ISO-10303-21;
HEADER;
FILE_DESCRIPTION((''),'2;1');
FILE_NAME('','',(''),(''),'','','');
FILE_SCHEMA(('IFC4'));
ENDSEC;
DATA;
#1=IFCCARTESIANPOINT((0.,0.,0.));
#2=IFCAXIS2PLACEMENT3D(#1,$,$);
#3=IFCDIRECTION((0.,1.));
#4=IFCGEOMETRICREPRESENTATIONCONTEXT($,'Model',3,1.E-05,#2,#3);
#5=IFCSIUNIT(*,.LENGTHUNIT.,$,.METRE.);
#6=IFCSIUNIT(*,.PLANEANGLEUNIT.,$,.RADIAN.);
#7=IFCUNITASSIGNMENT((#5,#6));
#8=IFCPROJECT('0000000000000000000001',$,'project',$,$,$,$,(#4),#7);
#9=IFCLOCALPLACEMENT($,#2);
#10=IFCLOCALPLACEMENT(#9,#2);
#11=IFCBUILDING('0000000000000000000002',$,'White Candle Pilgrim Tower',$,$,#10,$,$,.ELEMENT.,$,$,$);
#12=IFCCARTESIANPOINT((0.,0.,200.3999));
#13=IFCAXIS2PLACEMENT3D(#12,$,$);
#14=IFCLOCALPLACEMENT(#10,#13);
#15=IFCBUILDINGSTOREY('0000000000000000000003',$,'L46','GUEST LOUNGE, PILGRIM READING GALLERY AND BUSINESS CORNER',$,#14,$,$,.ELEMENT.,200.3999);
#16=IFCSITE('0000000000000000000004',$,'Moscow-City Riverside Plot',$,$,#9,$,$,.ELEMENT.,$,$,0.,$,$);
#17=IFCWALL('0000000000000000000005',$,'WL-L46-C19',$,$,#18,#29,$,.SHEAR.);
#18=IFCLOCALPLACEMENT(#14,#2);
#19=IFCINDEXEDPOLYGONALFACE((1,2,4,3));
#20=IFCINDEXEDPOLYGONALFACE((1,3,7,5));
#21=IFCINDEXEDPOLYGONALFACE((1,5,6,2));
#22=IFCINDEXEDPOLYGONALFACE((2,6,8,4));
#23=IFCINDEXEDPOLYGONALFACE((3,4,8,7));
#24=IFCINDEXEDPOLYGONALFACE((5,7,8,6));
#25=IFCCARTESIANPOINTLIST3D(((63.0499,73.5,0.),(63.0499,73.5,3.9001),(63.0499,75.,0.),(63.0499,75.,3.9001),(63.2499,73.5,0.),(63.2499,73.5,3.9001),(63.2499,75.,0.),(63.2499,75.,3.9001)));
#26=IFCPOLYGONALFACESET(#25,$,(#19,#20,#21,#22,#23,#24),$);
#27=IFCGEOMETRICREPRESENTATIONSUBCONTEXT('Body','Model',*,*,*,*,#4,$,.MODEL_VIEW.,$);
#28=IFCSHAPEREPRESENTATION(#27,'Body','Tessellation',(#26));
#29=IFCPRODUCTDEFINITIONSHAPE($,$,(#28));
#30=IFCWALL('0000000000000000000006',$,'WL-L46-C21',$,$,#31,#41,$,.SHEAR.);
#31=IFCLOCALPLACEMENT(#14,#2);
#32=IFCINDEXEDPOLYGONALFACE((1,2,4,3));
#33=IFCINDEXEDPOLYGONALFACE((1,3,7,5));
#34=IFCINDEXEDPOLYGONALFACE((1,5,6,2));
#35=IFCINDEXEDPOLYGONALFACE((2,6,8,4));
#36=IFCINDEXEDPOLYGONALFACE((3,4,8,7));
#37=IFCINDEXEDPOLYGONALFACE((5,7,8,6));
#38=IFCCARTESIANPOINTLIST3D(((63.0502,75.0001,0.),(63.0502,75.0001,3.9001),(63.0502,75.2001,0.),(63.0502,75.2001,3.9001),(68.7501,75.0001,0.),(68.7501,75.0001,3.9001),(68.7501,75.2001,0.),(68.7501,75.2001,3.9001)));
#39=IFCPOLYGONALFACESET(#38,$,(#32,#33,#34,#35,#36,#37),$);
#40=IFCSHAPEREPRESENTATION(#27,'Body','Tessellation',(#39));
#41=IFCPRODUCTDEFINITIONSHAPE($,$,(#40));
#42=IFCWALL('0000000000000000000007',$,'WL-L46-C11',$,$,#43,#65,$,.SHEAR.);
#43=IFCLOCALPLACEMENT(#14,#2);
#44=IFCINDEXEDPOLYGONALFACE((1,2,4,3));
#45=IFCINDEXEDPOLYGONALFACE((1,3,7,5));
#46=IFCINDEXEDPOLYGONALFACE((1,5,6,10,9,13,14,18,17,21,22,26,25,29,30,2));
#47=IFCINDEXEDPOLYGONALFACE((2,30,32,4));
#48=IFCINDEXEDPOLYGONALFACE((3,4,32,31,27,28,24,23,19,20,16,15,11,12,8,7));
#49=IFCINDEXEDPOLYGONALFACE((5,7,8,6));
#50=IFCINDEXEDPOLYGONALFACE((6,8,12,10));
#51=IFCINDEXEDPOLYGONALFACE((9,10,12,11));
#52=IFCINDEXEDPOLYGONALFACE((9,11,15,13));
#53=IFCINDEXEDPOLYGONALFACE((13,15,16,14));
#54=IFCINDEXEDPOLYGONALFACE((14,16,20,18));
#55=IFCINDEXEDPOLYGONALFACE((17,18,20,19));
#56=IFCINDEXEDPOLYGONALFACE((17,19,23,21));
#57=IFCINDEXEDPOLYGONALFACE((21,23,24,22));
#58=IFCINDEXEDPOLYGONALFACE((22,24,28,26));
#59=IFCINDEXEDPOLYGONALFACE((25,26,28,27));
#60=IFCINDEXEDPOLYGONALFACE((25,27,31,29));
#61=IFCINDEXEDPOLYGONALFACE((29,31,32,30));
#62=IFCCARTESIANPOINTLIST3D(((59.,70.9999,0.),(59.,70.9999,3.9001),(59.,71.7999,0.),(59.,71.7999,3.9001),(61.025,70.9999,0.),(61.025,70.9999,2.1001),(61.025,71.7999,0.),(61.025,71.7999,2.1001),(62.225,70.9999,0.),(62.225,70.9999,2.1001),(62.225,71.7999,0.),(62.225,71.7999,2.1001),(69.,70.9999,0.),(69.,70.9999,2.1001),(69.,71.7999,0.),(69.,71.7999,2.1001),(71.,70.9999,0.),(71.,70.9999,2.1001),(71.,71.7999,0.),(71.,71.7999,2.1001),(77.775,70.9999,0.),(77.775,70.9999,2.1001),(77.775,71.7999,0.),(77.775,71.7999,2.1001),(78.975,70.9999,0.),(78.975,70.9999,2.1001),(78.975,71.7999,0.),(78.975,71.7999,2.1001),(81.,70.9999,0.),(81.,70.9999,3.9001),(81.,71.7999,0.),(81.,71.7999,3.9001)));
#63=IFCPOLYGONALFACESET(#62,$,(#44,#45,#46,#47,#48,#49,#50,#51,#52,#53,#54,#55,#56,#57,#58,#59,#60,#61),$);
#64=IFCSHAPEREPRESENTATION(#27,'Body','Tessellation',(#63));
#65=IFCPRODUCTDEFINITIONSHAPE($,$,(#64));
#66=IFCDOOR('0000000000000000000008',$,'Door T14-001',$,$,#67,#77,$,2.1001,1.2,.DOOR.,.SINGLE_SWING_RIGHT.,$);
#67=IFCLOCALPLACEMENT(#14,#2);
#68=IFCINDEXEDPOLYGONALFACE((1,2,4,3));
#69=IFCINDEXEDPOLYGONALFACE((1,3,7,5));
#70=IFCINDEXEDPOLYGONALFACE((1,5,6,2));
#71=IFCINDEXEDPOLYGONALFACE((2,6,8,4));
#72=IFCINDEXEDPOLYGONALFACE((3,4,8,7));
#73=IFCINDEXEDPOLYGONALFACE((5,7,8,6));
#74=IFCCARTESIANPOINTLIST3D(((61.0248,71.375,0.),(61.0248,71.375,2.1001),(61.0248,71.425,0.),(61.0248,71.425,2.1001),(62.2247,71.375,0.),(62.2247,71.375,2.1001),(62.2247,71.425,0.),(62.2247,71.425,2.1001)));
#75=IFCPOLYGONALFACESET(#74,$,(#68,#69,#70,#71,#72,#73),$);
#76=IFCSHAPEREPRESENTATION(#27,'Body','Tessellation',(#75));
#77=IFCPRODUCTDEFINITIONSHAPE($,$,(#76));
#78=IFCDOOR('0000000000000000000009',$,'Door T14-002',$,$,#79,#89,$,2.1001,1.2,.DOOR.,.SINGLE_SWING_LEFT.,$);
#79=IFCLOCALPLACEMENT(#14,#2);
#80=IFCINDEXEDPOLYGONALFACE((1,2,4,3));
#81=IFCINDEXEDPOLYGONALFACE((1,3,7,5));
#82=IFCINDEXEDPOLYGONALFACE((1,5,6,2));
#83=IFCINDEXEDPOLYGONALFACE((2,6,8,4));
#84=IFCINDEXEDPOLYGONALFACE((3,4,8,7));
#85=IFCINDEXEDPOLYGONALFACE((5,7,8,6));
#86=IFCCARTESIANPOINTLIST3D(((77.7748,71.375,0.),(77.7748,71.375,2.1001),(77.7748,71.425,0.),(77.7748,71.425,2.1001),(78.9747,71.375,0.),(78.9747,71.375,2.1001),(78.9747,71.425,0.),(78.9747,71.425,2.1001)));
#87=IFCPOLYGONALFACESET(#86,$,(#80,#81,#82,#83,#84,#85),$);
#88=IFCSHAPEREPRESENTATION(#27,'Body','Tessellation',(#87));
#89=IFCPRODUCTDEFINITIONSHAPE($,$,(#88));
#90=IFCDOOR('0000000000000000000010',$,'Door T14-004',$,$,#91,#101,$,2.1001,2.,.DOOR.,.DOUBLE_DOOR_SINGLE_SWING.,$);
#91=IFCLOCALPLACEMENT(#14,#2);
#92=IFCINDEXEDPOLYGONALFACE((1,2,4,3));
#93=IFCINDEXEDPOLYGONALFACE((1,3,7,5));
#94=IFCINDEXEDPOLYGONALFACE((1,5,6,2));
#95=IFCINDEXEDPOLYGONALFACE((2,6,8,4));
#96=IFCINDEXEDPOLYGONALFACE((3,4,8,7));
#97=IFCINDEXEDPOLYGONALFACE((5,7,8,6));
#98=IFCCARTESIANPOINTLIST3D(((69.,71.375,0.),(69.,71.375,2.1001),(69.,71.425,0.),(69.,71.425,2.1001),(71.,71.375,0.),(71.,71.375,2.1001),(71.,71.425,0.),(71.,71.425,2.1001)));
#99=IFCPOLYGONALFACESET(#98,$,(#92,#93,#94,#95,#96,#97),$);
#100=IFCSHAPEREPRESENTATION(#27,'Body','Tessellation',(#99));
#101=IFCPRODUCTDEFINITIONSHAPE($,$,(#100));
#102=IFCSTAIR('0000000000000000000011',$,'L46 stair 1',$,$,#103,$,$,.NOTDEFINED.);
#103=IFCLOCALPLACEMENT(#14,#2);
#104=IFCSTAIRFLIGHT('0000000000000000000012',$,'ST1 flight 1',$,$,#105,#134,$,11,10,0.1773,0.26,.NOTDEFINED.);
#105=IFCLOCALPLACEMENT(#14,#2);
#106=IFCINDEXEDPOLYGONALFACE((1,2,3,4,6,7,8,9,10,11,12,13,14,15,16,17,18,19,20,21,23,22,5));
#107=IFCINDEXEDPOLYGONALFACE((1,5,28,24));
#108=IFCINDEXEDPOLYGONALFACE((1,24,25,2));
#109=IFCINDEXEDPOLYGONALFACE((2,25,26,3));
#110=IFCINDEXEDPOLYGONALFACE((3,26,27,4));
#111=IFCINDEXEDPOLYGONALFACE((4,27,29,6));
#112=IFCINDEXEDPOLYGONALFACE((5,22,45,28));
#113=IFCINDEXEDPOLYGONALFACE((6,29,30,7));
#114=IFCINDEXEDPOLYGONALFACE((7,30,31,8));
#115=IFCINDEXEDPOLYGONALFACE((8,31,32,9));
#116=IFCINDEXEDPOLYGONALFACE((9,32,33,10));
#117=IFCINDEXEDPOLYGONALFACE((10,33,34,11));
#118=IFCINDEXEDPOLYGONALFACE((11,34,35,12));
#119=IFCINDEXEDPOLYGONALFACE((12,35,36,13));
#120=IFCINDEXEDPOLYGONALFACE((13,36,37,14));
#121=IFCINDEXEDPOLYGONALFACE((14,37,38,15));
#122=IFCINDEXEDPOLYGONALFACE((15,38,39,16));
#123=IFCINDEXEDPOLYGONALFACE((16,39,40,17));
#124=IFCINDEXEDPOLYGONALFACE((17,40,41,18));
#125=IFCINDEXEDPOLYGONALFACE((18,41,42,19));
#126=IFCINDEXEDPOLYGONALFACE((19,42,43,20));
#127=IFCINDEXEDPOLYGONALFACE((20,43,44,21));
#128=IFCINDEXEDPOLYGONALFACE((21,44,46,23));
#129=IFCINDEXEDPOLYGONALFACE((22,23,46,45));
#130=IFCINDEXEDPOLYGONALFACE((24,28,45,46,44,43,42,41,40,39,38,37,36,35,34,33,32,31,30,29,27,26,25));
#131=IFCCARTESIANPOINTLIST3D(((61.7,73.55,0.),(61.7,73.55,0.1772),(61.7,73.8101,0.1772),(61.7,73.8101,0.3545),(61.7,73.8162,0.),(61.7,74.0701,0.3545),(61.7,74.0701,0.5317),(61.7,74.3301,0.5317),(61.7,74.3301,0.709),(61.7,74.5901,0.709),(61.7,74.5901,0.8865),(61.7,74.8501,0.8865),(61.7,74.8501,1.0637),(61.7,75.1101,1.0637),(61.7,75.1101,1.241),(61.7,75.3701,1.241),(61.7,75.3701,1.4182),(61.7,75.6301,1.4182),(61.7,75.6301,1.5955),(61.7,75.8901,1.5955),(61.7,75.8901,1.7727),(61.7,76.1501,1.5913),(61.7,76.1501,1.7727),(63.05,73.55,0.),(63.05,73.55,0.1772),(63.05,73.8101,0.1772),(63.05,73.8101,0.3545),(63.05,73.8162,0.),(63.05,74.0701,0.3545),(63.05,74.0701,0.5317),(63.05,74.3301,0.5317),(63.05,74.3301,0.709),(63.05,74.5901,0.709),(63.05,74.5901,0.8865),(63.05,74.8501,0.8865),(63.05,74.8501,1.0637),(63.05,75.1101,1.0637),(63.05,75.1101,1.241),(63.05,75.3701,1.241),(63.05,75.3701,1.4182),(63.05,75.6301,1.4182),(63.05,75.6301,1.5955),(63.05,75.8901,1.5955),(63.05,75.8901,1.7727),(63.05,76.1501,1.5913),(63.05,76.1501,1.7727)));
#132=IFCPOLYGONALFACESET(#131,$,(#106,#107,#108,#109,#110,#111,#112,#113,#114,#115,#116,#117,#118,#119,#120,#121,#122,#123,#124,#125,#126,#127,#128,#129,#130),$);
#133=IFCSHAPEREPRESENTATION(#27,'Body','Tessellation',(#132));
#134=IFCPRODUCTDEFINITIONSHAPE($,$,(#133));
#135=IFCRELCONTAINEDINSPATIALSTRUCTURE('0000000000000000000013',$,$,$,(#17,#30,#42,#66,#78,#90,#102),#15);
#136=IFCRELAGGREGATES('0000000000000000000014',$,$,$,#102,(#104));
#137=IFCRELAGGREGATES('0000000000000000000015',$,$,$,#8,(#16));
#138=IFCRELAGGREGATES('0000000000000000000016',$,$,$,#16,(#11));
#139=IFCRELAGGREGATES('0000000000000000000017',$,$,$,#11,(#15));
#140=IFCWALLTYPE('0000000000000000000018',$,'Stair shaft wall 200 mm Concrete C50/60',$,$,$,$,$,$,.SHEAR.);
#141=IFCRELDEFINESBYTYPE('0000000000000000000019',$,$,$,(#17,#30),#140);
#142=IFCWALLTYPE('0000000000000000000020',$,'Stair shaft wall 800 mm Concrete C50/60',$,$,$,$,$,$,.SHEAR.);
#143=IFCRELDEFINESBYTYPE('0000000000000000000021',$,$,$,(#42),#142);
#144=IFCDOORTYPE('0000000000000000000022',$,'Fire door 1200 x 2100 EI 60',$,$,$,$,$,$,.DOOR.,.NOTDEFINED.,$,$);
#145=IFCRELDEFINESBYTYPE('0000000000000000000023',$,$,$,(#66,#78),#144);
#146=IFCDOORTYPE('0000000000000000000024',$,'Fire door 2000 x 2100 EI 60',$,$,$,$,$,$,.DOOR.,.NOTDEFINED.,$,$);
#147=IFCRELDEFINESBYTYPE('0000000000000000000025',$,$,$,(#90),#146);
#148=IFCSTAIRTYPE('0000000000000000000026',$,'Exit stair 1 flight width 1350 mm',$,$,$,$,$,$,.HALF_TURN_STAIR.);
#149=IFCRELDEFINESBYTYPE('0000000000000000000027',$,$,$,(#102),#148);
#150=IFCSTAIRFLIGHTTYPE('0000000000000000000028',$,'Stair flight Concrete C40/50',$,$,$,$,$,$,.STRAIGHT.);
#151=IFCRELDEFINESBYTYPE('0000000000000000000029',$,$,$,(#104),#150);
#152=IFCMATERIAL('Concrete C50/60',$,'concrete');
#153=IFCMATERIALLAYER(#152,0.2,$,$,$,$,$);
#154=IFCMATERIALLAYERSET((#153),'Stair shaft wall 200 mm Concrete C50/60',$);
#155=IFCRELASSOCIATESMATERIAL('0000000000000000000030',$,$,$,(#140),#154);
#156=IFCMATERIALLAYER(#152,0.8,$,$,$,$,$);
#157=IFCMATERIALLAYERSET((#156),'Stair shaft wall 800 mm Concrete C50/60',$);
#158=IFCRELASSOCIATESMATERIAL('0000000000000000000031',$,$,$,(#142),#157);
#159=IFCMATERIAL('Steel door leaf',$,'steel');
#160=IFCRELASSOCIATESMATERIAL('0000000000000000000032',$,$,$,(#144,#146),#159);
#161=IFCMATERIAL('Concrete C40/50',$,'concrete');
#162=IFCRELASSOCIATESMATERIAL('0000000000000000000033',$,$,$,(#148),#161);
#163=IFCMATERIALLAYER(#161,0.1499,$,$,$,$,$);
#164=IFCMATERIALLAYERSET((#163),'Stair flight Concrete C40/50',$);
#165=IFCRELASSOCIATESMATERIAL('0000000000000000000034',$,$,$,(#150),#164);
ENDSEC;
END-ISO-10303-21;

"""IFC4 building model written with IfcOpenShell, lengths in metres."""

from ifc_helpers import new_model, si_unit, direction, frame, frame_2d, origin, place, context, subcontext, project, spatial, polyline, rectangle, outline, extrude, material, layer, layer_set, type_object, element, fill, aggregate, save


model = new_model("IFC4")

# Units and contexts
model_context = context("Model", 3, precision=1e-05, world=origin(), true_north=direction((0.0, 1.0)))
body_context = subcontext(model_context, "Body", "Model", "MODEL_VIEW")
ifc_project = project(units=[si_unit("LENGTHUNIT", "METRE"), si_unit("PLANEANGLEUNIT", "RADIAN")], contexts=[model_context])

# Site, building, storey
site_placement = place(None, origin())
site = spatial("IfcSite", under=ifc_project, at=site_placement, Name="Moscow-City Riverside Plot", CompositionType="ELEMENT", RefElevation=0.0)
building_placement = place(site_placement, origin())
building = spatial("IfcBuilding", under=site, at=building_placement, Name="White Candle Pilgrim Tower", CompositionType="ELEMENT")
storey_placement = place(building_placement, frame((0.0, 0.0, 200.3999)))
storey = spatial("IfcBuildingStorey", under=building, at=storey_placement, Name="L46", Description="GUEST LOUNGE, PILGRIM READING GALLERY AND BUSINESS CORNER", CompositionType="ELEMENT", Elevation=200.3999)

# Shared definitions
ifc_material_1 = material(Name="Steel door leaf", Category="steel")

# Walls
ifc_material_2 = material(Name="Concrete C50/60", Category="concrete")
ifc_layer_1 = layer(ifc_material_2, 0.2)
ifc_layer_set_1 = layer_set([ifc_layer_1], Name="Stair shaft wall 200 mm Concrete C50/60")
wall_type_1 = type_object("IfcWallType", Name="Stair shaft wall 200 mm Concrete C50/60", PredefinedType="SHEAR", material=ifc_layer_set_1)
wall_1_placement = place(storey_placement, frame((63.1499, 73.5, 0.0), z_axis=(0.0, 0.0, 1.0), x_axis=(0.0, 1.0, 0.0)))
element("IfcWall", 1, at=wall_1_placement, inside=storey, type_object=wall_type_1, Name="WL-L46-C19", PredefinedType="SHEAR", context=body_context, shape_type="SweptSolid", body=[
    extrude(rectangle(XDim=1.5, YDim=0.2, at=frame_2d((0.75, 0.0))), origin(), (0.0, 0.0, 1.0), 3.9001),
])
wall_2_placement = place(storey_placement, frame((63.05, 75.1001, 0.0), z_axis=(0.0, 0.0, 1.0), x_axis=(1.0, 0.0, 0.0)))
element("IfcWall", 2, at=wall_2_placement, inside=storey, type_object=wall_type_1, Name="WL-L46-C21", PredefinedType="SHEAR", context=body_context, shape_type="SweptSolid", body=[
    extrude(rectangle(XDim=5.7, YDim=0.2, at=frame_2d((2.8501, 0.0))), origin(), (0.0, 0.0, 1.0), 3.9001),
])

# Wall, openings, doors
ifc_layer_2 = layer(ifc_material_2, 0.8)
ifc_layer_set_2 = layer_set([ifc_layer_2], Name="Stair shaft wall 800 mm Concrete C50/60")
wall_type_2 = type_object("IfcWallType", Name="Stair shaft wall 800 mm Concrete C50/60", PredefinedType="SHEAR", material=ifc_layer_set_2)
wall_3_placement = place(storey_placement, frame((59.0, 71.3999, 0.0), z_axis=(0.0, 0.0, 1.0), x_axis=(1.0, 0.0, 0.0)))
wall_3 = element("IfcWall", 3, at=wall_3_placement, inside=storey, type_object=wall_type_2, Name="WL-L46-C11", PredefinedType="SHEAR", context=body_context, shape_type="SweptSolid", body=[
    extrude(rectangle(XDim=22.0, YDim=0.8, at=frame_2d((11.0, 0.0))), origin(), (0.0, 0.0, 1.0), 3.9001),
])
opening_1_placement = place(wall_3_placement, frame((2.0249, 0.0, 0.0)))
opening_1 = element("IfcOpeningElement", 4, at=opening_1_placement, cuts=wall_3, PredefinedType="OPENING", context=body_context, shape_type="SweptSolid", body=[
    extrude(rectangle(XDim=1.2, YDim=2.1001, at=frame_2d((0.6001, 1.05))), frame((0.0, 0.4099, 0.0), z_axis=(0.0, -1.0, 0.0), x_axis=(1.0, 0.0, 0.0)), (0.0, 0.0, 1.0), 0.8201),
])
opening_2_placement = place(wall_3_placement, frame((18.7749, 0.0, 0.0)))
opening_2 = element("IfcOpeningElement", 5, at=opening_2_placement, cuts=wall_3, PredefinedType="OPENING", context=body_context, shape_type="SweptSolid", body=[
    extrude(rectangle(XDim=1.2, YDim=2.1001, at=frame_2d((0.6001, 1.05))), frame((0.0, 0.4099, 0.0), z_axis=(0.0, -1.0, 0.0), x_axis=(1.0, 0.0, 0.0)), (0.0, 0.0, 1.0), 0.8201),
])
opening_3_placement = place(wall_3_placement, frame((10.0, 0.0, 0.0)))
opening_3 = element("IfcOpeningElement", 6, at=opening_3_placement, cuts=wall_3, PredefinedType="OPENING", context=body_context, shape_type="SweptSolid", body=[
    extrude(rectangle(XDim=2.0, YDim=2.1001, at=frame_2d((1.0, 1.05))), frame((0.0, 0.4099, 0.0), z_axis=(0.0, -1.0, 0.0), x_axis=(1.0, 0.0, 0.0)), (0.0, 0.0, 1.0), 0.8201),
])
door_type_1 = type_object("IfcDoorType", Name="Fire door 1200 x 2100 EI 60", OperationType="NOTDEFINED", PredefinedType="DOOR", material=ifc_material_1)
door_1_placement = place(opening_1_placement, frame((1.2, 0.0, 0.0), z_axis=(0.0, 0.0, 1.0), x_axis=(-1.0, 0.0, 0.0)))
door_1 = element("IfcDoor", 7, at=door_1_placement, inside=storey, type_object=door_type_1, Name="Door T14-001", OperationType="SINGLE_SWING_RIGHT", OverallHeight=2.1001, OverallWidth=1.2, PredefinedType="DOOR", context=body_context, shape_type="SweptSolid", body=[
    extrude(rectangle(XDim=1.2, YDim=2.1001, at=frame_2d((0.6001, 1.05))), frame((0.0, 0.0249, 0.0), z_axis=(0.0, -1.0, 0.0), x_axis=(1.0, 0.0, 0.0)), (0.0, 0.0, 1.0), 0.05),
])
fill(opening_1, door_1)
door_2_placement = place(opening_2_placement, frame((1.2, 0.0, 0.0), z_axis=(0.0, 0.0, 1.0), x_axis=(-1.0, 0.0, 0.0)))
door_2 = element("IfcDoor", 8, at=door_2_placement, inside=storey, type_object=door_type_1, Name="Door T14-002", OperationType="SINGLE_SWING_LEFT", OverallHeight=2.1001, OverallWidth=1.2, PredefinedType="DOOR", context=body_context, shape_type="SweptSolid", body=[
    extrude(rectangle(XDim=1.2, YDim=2.1001, at=frame_2d((0.6001, 1.05))), frame((0.0, 0.0249, 0.0), z_axis=(0.0, -1.0, 0.0), x_axis=(1.0, 0.0, 0.0)), (0.0, 0.0, 1.0), 0.05),
])
fill(opening_2, door_2)
door_type_2 = type_object("IfcDoorType", Name="Fire door 2000 x 2100 EI 60", OperationType="NOTDEFINED", PredefinedType="DOOR", material=ifc_material_1)
door_3_placement = place(opening_3_placement, frame((2.0, 0.0, 0.0), z_axis=(0.0, 0.0, 1.0), x_axis=(-1.0, 0.0, 0.0)))
door_3 = element("IfcDoor", 9, at=door_3_placement, inside=storey, type_object=door_type_2, Name="Door T14-004", OperationType="DOUBLE_DOOR_SINGLE_SWING", OverallHeight=2.1001, OverallWidth=2.0, PredefinedType="DOOR", context=body_context, shape_type="SweptSolid", body=[
    extrude(rectangle(XDim=2.0, YDim=2.1001, at=frame_2d((1.0, 1.05))), frame((0.0, 0.0249, 0.0), z_axis=(0.0, -1.0, 0.0), x_axis=(1.0, 0.0, 0.0)), (0.0, 0.0, 1.0), 0.05),
])
fill(opening_3, door_3)

# Stair, stair flight
ifc_material_3 = material(Name="Concrete C40/50", Category="concrete")
stair_type = type_object("IfcStairType", Name="Exit stair 1 flight width 1350 mm", PredefinedType="HALF_TURN_STAIR", material=ifc_material_3)
stair_placement = place(storey_placement, origin())
stair = element("IfcStair", 10, at=stair_placement, inside=storey, type_object=stair_type, Name="L46 stair 1", PredefinedType="NOTDEFINED")
ifc_layer_3 = layer(ifc_material_3, 0.1499)
ifc_layer_set_3 = layer_set([ifc_layer_3], Name="Stair flight Concrete C40/50")
stair_flight_type = type_object("IfcStairFlightType", Name="Stair flight Concrete C40/50", PredefinedType="STRAIGHT", material=ifc_layer_set_3)
stair_flight_placement = place(storey_placement, frame((62.375, 73.55, 0.0), z_axis=(0.0, 0.0, 1.0), x_axis=(0.0, 1.0, 0.0)))
stair_flight = element("IfcStairFlight", 11, at=stair_flight_placement, type_object=stair_flight_type, Name="ST1 flight 1", NumberOfRisers=11, NumberOfTreads=10, PredefinedType="NOTDEFINED", RiserHeight=0.1773, TreadLength=0.26, context=body_context, shape_type="SweptSolid", body=[
    extrude(outline(polyline([(0.0, 0.0), (0.0, 0.1772), (0.26, 0.1772), (0.26, 0.3545), (0.52, 0.3545), (0.52, 0.5317), (0.78, 0.5317), (0.78, 0.709), (1.04, 0.709), (1.04, 0.8865), (1.3, 0.8865), (1.3, 1.0637), (1.5601, 1.0637), (1.5601, 1.241), (1.8201, 1.241), (1.8201, 1.4182), (2.0801, 1.4182), (2.0801, 1.5955), (2.3401, 1.5955), (2.3401, 1.7727), (2.6001, 1.7727), (2.6001, 1.95), (2.6001, 1.5913), (0.2661, 0.0), (0.0, 0.0)])), frame((0.0, 0.675, 0.0), z_axis=(0.0, -1.0, 0.0), x_axis=(1.0, 0.0, 0.0)), (0.0, 0.0, 1.0), 1.3501),
])
aggregate(stair, [stair_flight])

save(model, "model.ifc")
